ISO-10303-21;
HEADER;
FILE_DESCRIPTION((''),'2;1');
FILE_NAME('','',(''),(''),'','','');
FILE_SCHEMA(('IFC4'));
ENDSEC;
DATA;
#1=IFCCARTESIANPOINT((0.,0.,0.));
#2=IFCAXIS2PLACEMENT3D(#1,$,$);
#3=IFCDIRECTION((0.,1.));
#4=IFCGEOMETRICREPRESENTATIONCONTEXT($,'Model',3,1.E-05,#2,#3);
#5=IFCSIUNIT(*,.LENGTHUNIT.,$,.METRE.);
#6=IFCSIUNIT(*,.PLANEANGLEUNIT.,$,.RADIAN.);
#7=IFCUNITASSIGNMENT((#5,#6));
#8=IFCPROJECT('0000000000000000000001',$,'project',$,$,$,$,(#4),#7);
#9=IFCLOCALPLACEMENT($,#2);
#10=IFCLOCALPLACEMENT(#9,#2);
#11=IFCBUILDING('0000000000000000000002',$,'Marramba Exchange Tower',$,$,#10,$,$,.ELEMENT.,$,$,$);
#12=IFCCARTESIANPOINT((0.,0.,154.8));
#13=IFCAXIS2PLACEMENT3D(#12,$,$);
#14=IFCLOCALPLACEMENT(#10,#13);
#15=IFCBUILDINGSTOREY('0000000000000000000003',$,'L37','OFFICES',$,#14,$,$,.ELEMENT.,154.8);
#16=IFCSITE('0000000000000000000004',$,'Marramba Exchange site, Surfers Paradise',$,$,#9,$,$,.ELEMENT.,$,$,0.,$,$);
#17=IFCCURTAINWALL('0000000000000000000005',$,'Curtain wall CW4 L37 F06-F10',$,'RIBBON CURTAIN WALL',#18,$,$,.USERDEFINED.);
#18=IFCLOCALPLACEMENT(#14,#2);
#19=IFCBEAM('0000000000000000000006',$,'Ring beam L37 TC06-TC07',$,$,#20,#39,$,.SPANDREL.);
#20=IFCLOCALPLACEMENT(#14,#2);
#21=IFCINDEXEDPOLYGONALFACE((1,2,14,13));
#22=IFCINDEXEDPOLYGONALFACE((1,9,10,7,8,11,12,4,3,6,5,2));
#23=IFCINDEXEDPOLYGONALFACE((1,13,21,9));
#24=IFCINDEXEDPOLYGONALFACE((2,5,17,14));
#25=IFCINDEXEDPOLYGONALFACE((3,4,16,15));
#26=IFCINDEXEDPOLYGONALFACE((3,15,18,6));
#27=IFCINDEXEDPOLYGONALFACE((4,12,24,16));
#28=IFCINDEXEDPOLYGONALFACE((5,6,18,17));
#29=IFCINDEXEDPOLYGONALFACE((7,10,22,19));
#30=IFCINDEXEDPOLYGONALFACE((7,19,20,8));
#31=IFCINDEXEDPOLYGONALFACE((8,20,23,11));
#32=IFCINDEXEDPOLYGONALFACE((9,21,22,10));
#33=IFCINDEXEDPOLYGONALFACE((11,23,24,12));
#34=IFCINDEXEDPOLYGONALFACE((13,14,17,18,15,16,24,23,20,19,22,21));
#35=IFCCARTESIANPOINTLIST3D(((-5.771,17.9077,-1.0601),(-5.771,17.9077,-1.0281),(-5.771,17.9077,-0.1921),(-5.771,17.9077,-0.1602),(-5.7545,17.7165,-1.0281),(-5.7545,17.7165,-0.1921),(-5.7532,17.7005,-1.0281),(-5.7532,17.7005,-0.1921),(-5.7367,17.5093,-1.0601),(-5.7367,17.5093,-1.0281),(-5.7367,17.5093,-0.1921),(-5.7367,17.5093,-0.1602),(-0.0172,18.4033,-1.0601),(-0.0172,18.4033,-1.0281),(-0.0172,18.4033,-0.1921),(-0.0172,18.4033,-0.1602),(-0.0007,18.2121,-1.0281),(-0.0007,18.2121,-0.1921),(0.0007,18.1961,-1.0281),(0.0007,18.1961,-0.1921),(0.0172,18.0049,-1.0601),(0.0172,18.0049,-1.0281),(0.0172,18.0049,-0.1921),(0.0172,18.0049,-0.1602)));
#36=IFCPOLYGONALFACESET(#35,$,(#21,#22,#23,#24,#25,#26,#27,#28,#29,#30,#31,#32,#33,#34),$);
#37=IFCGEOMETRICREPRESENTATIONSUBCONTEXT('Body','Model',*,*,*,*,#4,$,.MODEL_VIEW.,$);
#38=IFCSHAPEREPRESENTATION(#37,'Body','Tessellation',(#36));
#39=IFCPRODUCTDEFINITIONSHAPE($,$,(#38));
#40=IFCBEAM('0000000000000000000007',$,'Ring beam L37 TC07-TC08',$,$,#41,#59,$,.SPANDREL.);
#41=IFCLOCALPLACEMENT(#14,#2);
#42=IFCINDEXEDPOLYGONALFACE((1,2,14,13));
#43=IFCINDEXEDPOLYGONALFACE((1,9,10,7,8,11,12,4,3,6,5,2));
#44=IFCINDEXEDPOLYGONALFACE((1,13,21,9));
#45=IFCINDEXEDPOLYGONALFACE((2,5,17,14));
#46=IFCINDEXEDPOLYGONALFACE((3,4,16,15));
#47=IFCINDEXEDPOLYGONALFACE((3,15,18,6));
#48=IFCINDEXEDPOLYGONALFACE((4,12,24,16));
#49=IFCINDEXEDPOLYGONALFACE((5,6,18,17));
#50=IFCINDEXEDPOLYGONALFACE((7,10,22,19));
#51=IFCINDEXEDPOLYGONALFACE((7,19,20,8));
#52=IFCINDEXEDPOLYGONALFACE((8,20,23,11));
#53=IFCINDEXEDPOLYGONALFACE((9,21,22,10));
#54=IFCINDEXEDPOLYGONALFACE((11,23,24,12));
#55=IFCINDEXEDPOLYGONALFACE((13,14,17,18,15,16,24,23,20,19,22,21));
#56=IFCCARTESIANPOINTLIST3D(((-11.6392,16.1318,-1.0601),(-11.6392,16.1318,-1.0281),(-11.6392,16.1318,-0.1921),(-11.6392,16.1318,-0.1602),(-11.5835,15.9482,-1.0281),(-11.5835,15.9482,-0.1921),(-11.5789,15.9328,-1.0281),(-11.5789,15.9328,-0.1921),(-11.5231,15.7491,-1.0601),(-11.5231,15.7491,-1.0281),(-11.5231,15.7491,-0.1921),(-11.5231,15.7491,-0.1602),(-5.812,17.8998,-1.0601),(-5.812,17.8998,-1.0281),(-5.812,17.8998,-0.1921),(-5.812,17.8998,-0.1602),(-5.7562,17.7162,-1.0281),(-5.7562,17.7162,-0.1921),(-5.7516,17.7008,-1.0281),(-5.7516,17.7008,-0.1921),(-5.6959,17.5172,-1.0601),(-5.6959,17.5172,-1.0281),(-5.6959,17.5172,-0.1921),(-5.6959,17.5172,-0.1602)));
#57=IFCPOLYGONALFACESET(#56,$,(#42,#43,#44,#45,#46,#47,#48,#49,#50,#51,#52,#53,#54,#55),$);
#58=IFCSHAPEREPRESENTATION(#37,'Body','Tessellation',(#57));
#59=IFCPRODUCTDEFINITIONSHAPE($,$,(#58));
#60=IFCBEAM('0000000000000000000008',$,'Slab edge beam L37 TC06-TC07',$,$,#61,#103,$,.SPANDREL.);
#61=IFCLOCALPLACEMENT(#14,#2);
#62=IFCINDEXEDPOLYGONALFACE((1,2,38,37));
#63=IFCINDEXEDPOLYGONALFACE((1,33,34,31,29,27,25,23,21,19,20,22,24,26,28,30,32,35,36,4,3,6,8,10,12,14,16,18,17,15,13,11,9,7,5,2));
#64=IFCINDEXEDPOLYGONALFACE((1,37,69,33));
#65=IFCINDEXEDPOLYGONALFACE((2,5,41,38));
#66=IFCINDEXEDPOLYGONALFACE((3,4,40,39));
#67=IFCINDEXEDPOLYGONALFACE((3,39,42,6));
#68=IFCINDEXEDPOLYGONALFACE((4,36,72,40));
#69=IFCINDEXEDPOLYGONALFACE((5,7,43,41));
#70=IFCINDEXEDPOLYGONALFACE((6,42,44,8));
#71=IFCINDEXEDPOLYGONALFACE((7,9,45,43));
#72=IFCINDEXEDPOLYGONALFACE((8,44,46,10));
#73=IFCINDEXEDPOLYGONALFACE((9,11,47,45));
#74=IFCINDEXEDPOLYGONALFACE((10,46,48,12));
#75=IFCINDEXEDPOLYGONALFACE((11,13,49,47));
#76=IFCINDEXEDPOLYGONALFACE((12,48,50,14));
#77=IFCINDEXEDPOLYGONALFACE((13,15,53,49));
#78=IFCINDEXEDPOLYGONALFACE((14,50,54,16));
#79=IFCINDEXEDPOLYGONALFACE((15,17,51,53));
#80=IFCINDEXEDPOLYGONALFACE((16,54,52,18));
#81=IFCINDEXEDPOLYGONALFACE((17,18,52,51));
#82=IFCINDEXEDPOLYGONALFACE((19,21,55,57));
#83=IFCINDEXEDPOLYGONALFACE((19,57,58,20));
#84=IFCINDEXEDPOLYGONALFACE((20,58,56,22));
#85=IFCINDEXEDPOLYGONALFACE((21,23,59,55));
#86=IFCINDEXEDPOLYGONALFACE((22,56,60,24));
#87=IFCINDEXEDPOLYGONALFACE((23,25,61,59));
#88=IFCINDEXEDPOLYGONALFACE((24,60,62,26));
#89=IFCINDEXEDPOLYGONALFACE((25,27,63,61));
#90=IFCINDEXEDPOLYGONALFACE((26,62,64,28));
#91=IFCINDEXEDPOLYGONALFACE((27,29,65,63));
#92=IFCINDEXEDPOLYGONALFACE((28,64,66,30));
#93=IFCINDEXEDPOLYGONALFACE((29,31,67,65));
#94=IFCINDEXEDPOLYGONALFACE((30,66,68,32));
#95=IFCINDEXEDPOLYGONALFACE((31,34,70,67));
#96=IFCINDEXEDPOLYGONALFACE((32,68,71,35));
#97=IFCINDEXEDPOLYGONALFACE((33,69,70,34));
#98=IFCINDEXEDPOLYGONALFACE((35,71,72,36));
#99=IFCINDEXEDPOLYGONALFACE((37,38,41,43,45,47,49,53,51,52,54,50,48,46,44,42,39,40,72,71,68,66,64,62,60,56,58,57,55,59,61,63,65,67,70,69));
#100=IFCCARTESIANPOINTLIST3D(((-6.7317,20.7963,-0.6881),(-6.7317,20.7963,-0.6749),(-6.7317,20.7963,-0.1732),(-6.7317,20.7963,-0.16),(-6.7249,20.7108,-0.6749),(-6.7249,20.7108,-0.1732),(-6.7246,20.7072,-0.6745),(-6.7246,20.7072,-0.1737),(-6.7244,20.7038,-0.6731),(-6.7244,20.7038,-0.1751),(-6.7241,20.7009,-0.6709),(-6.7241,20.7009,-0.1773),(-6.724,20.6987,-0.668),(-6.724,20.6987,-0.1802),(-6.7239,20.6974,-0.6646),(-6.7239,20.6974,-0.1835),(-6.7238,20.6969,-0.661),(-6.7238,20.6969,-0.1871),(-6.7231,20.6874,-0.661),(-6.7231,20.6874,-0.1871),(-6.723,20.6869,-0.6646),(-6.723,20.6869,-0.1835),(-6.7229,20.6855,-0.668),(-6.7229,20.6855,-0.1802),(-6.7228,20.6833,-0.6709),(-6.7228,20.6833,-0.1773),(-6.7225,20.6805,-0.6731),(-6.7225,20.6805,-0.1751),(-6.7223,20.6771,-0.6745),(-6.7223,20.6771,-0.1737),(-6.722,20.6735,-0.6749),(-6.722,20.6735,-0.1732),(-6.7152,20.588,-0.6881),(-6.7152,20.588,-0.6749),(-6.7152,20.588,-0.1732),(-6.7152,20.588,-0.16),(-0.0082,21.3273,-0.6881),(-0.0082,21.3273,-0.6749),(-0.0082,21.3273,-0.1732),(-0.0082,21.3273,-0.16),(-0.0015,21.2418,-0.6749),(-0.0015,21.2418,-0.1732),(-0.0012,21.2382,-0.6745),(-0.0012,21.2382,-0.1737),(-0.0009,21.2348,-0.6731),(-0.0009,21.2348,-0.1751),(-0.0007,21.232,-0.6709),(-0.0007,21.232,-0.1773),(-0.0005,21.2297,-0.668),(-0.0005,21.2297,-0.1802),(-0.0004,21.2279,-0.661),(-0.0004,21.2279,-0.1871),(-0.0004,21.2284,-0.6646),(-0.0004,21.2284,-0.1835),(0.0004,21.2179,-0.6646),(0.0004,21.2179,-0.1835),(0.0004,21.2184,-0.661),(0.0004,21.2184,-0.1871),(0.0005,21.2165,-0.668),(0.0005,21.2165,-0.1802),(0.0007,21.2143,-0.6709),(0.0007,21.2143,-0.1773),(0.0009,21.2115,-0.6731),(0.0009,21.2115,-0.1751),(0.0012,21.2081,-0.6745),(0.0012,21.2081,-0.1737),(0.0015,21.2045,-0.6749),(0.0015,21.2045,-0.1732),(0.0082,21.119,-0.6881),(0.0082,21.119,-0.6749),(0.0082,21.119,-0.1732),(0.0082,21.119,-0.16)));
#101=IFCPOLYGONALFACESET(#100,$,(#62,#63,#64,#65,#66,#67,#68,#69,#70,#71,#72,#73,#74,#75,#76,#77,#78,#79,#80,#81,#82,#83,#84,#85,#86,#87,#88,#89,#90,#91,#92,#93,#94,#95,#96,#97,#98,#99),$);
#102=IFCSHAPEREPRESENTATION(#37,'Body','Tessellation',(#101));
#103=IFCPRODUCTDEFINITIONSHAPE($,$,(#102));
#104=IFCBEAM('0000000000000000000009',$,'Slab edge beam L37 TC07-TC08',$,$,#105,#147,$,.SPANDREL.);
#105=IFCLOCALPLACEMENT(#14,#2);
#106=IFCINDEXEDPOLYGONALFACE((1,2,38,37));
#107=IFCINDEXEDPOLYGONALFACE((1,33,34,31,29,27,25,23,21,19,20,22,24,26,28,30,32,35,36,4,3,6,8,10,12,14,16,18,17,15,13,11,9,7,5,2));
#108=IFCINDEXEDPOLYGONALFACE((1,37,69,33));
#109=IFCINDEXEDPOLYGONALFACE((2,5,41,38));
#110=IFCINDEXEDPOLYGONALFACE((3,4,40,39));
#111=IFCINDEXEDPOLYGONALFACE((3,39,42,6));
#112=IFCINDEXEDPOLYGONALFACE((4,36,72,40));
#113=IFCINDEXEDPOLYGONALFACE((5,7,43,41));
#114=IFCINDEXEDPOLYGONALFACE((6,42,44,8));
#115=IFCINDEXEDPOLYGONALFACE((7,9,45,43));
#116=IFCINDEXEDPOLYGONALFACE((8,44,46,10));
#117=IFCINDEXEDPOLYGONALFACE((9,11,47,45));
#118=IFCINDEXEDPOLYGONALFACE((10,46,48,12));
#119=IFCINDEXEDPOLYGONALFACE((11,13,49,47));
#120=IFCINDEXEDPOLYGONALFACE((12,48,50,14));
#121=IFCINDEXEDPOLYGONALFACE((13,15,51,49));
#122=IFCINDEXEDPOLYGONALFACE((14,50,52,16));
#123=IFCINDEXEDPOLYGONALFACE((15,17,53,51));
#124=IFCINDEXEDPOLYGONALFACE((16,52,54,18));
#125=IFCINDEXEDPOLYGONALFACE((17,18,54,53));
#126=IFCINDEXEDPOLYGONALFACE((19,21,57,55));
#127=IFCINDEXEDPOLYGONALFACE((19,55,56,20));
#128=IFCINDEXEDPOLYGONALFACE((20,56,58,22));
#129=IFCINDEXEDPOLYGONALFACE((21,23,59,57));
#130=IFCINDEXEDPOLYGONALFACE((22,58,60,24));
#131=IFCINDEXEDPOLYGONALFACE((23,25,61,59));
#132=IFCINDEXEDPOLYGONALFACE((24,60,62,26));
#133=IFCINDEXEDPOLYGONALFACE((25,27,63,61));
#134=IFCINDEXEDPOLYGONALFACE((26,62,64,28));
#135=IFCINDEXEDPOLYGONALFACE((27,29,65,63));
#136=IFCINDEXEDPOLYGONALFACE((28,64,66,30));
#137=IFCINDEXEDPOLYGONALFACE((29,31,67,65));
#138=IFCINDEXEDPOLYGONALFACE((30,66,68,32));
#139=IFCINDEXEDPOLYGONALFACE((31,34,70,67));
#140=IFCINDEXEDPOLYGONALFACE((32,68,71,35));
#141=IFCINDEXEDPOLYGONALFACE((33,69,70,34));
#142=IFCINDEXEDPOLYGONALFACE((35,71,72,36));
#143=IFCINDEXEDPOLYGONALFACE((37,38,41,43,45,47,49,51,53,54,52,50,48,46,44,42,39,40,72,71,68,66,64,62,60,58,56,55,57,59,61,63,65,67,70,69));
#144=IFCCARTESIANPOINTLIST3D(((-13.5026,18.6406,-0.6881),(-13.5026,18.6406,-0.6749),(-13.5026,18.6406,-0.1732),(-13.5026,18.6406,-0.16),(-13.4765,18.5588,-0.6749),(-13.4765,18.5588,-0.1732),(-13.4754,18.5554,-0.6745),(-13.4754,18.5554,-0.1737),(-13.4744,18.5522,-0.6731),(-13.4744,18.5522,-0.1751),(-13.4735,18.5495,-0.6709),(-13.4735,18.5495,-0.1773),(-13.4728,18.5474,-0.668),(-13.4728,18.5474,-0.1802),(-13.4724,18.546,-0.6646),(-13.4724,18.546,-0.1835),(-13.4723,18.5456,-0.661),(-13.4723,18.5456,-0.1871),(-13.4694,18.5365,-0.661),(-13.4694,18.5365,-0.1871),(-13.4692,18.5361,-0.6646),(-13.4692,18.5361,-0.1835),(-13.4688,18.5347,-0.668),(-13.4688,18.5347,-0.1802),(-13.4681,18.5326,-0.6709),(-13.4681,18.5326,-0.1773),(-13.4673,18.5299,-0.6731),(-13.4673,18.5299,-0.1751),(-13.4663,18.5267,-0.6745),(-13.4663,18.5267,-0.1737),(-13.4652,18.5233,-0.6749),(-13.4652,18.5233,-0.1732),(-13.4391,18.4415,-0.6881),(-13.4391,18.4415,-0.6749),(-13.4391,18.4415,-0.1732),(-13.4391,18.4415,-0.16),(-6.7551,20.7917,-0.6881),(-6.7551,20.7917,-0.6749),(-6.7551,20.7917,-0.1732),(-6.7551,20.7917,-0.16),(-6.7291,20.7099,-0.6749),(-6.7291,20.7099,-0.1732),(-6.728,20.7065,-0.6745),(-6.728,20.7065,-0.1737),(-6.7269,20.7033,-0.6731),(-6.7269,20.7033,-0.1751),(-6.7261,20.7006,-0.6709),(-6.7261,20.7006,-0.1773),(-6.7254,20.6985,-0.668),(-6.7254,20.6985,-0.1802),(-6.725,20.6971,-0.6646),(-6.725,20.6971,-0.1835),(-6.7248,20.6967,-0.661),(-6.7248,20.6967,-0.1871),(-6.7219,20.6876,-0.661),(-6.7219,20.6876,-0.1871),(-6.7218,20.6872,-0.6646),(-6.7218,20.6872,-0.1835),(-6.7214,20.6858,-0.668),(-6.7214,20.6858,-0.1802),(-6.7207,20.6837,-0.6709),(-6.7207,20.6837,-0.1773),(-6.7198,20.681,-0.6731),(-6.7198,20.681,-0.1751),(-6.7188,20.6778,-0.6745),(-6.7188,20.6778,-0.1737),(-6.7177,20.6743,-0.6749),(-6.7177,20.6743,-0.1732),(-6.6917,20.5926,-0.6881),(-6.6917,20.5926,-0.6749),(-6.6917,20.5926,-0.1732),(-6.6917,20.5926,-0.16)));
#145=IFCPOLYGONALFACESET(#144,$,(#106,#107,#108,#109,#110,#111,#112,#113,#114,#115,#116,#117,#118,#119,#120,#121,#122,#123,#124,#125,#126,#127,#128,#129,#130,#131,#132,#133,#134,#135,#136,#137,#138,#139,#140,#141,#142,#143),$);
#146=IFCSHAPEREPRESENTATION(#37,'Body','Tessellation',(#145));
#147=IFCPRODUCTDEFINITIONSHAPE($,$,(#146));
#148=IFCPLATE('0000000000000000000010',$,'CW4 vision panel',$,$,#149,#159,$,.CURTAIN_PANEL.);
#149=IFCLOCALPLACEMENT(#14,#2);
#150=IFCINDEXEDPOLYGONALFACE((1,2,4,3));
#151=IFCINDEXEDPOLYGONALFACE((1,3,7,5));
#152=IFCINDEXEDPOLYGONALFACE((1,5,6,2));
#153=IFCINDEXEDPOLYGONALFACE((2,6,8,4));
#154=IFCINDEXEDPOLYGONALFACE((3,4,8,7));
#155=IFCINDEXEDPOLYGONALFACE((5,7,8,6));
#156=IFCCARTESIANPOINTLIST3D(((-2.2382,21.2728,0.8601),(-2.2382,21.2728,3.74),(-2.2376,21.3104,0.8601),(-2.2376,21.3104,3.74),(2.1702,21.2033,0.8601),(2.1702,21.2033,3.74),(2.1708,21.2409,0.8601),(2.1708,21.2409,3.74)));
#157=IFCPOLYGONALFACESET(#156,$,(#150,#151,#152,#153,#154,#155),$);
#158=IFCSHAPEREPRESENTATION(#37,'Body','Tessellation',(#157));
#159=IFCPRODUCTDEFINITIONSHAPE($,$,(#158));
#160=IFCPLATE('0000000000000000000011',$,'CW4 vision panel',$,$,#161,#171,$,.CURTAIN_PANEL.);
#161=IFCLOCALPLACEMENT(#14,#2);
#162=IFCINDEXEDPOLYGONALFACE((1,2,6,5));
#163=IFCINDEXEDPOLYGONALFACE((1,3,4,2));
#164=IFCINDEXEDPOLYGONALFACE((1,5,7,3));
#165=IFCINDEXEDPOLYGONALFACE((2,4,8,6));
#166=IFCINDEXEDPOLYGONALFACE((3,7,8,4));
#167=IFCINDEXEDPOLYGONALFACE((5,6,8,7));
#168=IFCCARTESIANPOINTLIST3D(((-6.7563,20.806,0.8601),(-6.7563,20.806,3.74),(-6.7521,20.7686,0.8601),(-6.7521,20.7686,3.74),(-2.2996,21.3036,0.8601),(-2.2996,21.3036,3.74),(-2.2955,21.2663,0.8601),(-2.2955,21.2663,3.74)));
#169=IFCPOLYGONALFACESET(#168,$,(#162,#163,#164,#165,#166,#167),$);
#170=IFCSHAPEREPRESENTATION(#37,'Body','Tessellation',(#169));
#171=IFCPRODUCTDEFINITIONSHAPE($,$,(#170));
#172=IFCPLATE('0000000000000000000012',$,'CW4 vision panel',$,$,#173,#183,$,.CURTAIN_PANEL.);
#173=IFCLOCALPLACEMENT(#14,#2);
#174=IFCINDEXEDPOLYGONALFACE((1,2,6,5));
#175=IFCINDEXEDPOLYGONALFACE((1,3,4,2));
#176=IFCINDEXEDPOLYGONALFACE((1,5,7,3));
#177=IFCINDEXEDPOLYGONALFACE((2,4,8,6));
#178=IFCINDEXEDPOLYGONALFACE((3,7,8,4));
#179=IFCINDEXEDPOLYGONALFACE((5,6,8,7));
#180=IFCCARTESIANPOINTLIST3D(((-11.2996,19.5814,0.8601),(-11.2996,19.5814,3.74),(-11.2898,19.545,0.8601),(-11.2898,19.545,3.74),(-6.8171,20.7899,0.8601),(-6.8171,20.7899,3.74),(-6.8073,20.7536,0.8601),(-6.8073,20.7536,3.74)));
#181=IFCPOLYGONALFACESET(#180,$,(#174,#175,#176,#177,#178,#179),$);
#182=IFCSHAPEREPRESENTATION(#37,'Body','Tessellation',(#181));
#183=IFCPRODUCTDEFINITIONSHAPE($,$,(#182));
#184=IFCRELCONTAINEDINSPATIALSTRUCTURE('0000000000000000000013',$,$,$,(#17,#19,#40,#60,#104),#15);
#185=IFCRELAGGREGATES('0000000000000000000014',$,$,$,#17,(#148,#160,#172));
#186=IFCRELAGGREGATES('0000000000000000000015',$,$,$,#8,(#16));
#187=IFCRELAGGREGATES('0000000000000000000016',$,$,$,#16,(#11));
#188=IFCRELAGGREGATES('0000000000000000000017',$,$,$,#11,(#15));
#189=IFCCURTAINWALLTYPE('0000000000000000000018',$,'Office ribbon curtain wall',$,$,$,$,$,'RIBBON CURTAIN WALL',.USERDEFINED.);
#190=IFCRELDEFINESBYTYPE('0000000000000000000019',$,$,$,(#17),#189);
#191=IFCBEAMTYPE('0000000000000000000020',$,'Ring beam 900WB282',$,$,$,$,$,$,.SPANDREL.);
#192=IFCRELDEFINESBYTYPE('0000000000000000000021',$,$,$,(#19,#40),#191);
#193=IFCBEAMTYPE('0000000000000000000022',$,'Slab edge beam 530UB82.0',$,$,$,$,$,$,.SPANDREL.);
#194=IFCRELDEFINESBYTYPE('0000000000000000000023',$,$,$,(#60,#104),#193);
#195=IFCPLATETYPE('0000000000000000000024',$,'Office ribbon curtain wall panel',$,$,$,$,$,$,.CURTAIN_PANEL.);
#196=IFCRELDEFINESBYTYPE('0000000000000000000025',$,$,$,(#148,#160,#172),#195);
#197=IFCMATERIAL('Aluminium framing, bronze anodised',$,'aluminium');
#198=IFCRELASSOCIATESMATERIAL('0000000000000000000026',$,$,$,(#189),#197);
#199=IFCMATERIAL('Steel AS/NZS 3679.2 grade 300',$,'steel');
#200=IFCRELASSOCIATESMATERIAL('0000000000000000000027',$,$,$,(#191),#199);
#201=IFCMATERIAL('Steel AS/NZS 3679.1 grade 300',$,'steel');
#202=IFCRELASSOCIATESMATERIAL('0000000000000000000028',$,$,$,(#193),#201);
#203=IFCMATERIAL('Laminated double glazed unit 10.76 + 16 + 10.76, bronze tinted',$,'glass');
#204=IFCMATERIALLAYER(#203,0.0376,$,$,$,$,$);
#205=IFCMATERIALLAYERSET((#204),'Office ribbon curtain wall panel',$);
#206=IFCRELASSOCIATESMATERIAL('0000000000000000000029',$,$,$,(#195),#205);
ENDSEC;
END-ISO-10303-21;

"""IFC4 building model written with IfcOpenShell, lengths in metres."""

from ifc_helpers import new_model, si_unit, direction, frame, origin, origin_2d, place, context, subcontext, project, spatial, rectangle, i_section, extrude, material, layer, layer_set, material_profile, profile_set, type_object, element, aggregate, save


model = new_model("IFC4")

# Units and contexts
model_context = context("Model", 3, precision=1e-05, world=origin(), true_north=direction((0.0, 1.0)))
body_context = subcontext(model_context, "Body", "Model", "MODEL_VIEW")
ifc_project = project(units=[si_unit("LENGTHUNIT", "METRE"), si_unit("PLANEANGLEUNIT", "RADIAN")], contexts=[model_context])

# Site, building, storey
site_placement = place(None, origin())
site = spatial("IfcSite", under=ifc_project, at=site_placement, Name="Marramba Exchange site, Surfers Paradise", CompositionType="ELEMENT", RefElevation=0.0)
building_placement = place(site_placement, origin())
building = spatial("IfcBuilding", under=site, at=building_placement, Name="Marramba Exchange Tower", CompositionType="ELEMENT")
storey_placement = place(building_placement, frame((0.0, 0.0, 154.8)))
storey = spatial("IfcBuildingStorey", under=building, at=storey_placement, Name="L37", Description="OFFICES", CompositionType="ELEMENT", Elevation=154.8)

# Shared definitions
ifc_material_1 = material(Name="Steel AS/NZS 3679.2 grade 300", Category="steel")

# Curtain wall
ifc_material_2 = material(Name="Aluminium framing, bronze anodised", Category="aluminium")
curtain_wall_type = type_object("IfcCurtainWallType", Name="Office ribbon curtain wall", ElementType="RIBBON CURTAIN WALL", PredefinedType="USERDEFINED", material=ifc_material_2)
curtain_wall_1_placement = place(storey_placement, origin())
curtain_wall_1 = element("IfcCurtainWall", 1, at=curtain_wall_1_placement, inside=storey, type_object=curtain_wall_type, Name="Curtain wall CW4 L37 F06-F10", ObjectType="RIBBON CURTAIN WALL", PredefinedType="USERDEFINED")

# Beams
ifc_material_profile_1 = material_profile(ifc_material_1, i_section(OverallWidth=0.3999, OverallDepth=0.8999, WebThickness=0.0161, FlangeThickness=0.032, at=origin_2d()), Name="900WB282")
ifc_profile_set_1 = profile_set([ifc_material_profile_1], Name="Steel AS/NZS 3679.2 grade 300")
beam_type_1 = type_object("IfcBeamType", Name="Ring beam 900WB282", PredefinedType="SPANDREL", material=ifc_profile_set_1)
beam_1_placement = place(storey_placement, frame((0.0, 18.2041, -0.6101), z_axis=(-0.996311, -0.085816, 0.0), x_axis=(0.085816, -0.996311, 0.0)))
element("IfcBeam", 2, at=beam_1_placement, inside=storey, type_object=beam_type_1, Name="Ring beam L37 TC06-TC07", PredefinedType="SPANDREL", context=body_context, shape_type="SweptSolid", body=[
    extrude(i_section(OverallWidth=0.3999, OverallDepth=0.8999, WebThickness=0.0161, FlangeThickness=0.032, at=origin_2d()), origin(), (0.0, 0.0, 1.0), 5.7751),
])
beam_2_placement = place(storey_placement, frame((-5.7539, 17.7085, -0.6101), z_axis=(-0.956925, -0.290337, 0.0), x_axis=(0.290337, -0.956925, 0.0)))
element("IfcBeam", 3, at=beam_2_placement, inside=storey, type_object=beam_type_1, Name="Ring beam L37 TC07-TC08", PredefinedType="SPANDREL", context=body_context, shape_type="SweptSolid", body=[
    extrude(i_section(OverallWidth=0.3999, OverallDepth=0.8999, WebThickness=0.0161, FlangeThickness=0.032, at=origin_2d()), origin(), (0.0, 0.0, 1.0), 6.0896),
])
ifc_material_3 = material(Name="Steel AS/NZS 3679.1 grade 300", Category="steel")
ifc_material_profile_2 = material_profile(ifc_material_3, i_section(OverallWidth=0.209, OverallDepth=0.5281, WebThickness=0.0095, FlangeThickness=0.0132, FilletRadius=0.0139, at=origin_2d()), Name="530UB82.0")
ifc_profile_set_2 = profile_set([ifc_material_profile_2], Name="Steel AS/NZS 3679.1 grade 300")
beam_type_2 = type_object("IfcBeamType", Name="Slab edge beam 530UB82.0", PredefinedType="SPANDREL", material=ifc_profile_set_2)
beam_3_placement = place(storey_placement, frame((0.0, 21.2231, -0.4241), z_axis=(-0.996896, -0.078734, 0.0), x_axis=(0.078734, -0.996896, 0.0)))
element("IfcBeam", 4, at=beam_3_placement, inside=storey, type_object=beam_type_2, Name="Slab edge beam L37 TC06-TC07", PredefinedType="SPANDREL", context=body_context, shape_type="SweptSolid", body=[
    extrude(i_section(OverallWidth=0.209, OverallDepth=0.5281, WebThickness=0.0095, FlangeThickness=0.0132, FilletRadius=0.0139, at=origin_2d()), origin(), (0.0, 0.0, 1.0), 6.7444),
])
beam_4_placement = place(storey_placement, frame((-6.7234, 20.6921, -0.4241), z_axis=(-0.952755, -0.303739, 0.0), x_axis=(0.303739, -0.952755, 0.0)))
element("IfcBeam", 5, at=beam_4_placement, inside=storey, type_object=beam_type_2, Name="Slab edge beam L37 TC07-TC08", PredefinedType="SPANDREL", context=body_context, shape_type="SweptSolid", body=[
    extrude(i_section(OverallWidth=0.209, OverallDepth=0.5281, WebThickness=0.0095, FlangeThickness=0.0132, FilletRadius=0.0139, at=origin_2d()), origin(), (0.0, 0.0, 1.0), 7.082),
])

# Plates
ifc_material_4 = material(Name="Laminated double glazed unit 10.76 + 16 + 10.76, bronze tinted", Category="glass")
ifc_layer_1 = layer(ifc_material_4, 0.0376)
ifc_layer_set_1 = layer_set([ifc_layer_1], Name="Office ribbon curtain wall panel")
plate_type = type_object("IfcPlateType", Name="Office ribbon curtain wall panel", PredefinedType="CURTAIN_PANEL", material=ifc_layer_set_1)
plate_1_placement = place(storey_placement, frame((-0.0337, 21.2568, 0.8601), z_axis=(0.0, 0.0, 1.0), x_axis=(-0.999876, 0.015756, 0.0)))
plate_1 = element("IfcPlate", 6, at=plate_1_placement, type_object=plate_type, Name="CW4 vision panel", PredefinedType="CURTAIN_PANEL", context=body_context, shape_type="SweptSolid", body=[
    extrude(rectangle(XDim=4.4089, YDim=0.0376, at=origin_2d()), origin(), (0.0, 0.0, 1.0), 2.8799),
])
plate_2_placement = place(storey_placement, frame((-4.5259, 21.0361, 0.8601), z_axis=(0.0, 0.0, 1.0), x_axis=(-0.993823, -0.110973, 0.0)))
plate_2 = element("IfcPlate", 7, at=plate_2_placement, type_object=plate_type, Name="CW4 vision panel", PredefinedType="CURTAIN_PANEL", context=body_context, shape_type="SweptSolid", body=[
    extrude(rectangle(XDim=4.4844, YDim=0.0376, at=origin_2d()), origin(), (0.0, 0.0, 1.0), 2.8799),
])
plate_3_placement = place(storey_placement, frame((-9.0535, 20.1675, 0.8601), z_axis=(0.0, 0.0, 1.0), x_axis=(-0.965522, -0.260321, 0.0)))
plate_3 = element("IfcPlate", 8, at=plate_3_placement, type_object=plate_type, Name="CW4 vision panel", PredefinedType="CURTAIN_PANEL", context=body_context, shape_type="SweptSolid", body=[
    extrude(rectangle(XDim=4.6426, YDim=0.0376, at=origin_2d()), origin(), (0.0, 0.0, 1.0), 2.8799),
])
aggregate(curtain_wall_1, [plate_1, plate_2, plate_3])

save(model, "model.ifc")
